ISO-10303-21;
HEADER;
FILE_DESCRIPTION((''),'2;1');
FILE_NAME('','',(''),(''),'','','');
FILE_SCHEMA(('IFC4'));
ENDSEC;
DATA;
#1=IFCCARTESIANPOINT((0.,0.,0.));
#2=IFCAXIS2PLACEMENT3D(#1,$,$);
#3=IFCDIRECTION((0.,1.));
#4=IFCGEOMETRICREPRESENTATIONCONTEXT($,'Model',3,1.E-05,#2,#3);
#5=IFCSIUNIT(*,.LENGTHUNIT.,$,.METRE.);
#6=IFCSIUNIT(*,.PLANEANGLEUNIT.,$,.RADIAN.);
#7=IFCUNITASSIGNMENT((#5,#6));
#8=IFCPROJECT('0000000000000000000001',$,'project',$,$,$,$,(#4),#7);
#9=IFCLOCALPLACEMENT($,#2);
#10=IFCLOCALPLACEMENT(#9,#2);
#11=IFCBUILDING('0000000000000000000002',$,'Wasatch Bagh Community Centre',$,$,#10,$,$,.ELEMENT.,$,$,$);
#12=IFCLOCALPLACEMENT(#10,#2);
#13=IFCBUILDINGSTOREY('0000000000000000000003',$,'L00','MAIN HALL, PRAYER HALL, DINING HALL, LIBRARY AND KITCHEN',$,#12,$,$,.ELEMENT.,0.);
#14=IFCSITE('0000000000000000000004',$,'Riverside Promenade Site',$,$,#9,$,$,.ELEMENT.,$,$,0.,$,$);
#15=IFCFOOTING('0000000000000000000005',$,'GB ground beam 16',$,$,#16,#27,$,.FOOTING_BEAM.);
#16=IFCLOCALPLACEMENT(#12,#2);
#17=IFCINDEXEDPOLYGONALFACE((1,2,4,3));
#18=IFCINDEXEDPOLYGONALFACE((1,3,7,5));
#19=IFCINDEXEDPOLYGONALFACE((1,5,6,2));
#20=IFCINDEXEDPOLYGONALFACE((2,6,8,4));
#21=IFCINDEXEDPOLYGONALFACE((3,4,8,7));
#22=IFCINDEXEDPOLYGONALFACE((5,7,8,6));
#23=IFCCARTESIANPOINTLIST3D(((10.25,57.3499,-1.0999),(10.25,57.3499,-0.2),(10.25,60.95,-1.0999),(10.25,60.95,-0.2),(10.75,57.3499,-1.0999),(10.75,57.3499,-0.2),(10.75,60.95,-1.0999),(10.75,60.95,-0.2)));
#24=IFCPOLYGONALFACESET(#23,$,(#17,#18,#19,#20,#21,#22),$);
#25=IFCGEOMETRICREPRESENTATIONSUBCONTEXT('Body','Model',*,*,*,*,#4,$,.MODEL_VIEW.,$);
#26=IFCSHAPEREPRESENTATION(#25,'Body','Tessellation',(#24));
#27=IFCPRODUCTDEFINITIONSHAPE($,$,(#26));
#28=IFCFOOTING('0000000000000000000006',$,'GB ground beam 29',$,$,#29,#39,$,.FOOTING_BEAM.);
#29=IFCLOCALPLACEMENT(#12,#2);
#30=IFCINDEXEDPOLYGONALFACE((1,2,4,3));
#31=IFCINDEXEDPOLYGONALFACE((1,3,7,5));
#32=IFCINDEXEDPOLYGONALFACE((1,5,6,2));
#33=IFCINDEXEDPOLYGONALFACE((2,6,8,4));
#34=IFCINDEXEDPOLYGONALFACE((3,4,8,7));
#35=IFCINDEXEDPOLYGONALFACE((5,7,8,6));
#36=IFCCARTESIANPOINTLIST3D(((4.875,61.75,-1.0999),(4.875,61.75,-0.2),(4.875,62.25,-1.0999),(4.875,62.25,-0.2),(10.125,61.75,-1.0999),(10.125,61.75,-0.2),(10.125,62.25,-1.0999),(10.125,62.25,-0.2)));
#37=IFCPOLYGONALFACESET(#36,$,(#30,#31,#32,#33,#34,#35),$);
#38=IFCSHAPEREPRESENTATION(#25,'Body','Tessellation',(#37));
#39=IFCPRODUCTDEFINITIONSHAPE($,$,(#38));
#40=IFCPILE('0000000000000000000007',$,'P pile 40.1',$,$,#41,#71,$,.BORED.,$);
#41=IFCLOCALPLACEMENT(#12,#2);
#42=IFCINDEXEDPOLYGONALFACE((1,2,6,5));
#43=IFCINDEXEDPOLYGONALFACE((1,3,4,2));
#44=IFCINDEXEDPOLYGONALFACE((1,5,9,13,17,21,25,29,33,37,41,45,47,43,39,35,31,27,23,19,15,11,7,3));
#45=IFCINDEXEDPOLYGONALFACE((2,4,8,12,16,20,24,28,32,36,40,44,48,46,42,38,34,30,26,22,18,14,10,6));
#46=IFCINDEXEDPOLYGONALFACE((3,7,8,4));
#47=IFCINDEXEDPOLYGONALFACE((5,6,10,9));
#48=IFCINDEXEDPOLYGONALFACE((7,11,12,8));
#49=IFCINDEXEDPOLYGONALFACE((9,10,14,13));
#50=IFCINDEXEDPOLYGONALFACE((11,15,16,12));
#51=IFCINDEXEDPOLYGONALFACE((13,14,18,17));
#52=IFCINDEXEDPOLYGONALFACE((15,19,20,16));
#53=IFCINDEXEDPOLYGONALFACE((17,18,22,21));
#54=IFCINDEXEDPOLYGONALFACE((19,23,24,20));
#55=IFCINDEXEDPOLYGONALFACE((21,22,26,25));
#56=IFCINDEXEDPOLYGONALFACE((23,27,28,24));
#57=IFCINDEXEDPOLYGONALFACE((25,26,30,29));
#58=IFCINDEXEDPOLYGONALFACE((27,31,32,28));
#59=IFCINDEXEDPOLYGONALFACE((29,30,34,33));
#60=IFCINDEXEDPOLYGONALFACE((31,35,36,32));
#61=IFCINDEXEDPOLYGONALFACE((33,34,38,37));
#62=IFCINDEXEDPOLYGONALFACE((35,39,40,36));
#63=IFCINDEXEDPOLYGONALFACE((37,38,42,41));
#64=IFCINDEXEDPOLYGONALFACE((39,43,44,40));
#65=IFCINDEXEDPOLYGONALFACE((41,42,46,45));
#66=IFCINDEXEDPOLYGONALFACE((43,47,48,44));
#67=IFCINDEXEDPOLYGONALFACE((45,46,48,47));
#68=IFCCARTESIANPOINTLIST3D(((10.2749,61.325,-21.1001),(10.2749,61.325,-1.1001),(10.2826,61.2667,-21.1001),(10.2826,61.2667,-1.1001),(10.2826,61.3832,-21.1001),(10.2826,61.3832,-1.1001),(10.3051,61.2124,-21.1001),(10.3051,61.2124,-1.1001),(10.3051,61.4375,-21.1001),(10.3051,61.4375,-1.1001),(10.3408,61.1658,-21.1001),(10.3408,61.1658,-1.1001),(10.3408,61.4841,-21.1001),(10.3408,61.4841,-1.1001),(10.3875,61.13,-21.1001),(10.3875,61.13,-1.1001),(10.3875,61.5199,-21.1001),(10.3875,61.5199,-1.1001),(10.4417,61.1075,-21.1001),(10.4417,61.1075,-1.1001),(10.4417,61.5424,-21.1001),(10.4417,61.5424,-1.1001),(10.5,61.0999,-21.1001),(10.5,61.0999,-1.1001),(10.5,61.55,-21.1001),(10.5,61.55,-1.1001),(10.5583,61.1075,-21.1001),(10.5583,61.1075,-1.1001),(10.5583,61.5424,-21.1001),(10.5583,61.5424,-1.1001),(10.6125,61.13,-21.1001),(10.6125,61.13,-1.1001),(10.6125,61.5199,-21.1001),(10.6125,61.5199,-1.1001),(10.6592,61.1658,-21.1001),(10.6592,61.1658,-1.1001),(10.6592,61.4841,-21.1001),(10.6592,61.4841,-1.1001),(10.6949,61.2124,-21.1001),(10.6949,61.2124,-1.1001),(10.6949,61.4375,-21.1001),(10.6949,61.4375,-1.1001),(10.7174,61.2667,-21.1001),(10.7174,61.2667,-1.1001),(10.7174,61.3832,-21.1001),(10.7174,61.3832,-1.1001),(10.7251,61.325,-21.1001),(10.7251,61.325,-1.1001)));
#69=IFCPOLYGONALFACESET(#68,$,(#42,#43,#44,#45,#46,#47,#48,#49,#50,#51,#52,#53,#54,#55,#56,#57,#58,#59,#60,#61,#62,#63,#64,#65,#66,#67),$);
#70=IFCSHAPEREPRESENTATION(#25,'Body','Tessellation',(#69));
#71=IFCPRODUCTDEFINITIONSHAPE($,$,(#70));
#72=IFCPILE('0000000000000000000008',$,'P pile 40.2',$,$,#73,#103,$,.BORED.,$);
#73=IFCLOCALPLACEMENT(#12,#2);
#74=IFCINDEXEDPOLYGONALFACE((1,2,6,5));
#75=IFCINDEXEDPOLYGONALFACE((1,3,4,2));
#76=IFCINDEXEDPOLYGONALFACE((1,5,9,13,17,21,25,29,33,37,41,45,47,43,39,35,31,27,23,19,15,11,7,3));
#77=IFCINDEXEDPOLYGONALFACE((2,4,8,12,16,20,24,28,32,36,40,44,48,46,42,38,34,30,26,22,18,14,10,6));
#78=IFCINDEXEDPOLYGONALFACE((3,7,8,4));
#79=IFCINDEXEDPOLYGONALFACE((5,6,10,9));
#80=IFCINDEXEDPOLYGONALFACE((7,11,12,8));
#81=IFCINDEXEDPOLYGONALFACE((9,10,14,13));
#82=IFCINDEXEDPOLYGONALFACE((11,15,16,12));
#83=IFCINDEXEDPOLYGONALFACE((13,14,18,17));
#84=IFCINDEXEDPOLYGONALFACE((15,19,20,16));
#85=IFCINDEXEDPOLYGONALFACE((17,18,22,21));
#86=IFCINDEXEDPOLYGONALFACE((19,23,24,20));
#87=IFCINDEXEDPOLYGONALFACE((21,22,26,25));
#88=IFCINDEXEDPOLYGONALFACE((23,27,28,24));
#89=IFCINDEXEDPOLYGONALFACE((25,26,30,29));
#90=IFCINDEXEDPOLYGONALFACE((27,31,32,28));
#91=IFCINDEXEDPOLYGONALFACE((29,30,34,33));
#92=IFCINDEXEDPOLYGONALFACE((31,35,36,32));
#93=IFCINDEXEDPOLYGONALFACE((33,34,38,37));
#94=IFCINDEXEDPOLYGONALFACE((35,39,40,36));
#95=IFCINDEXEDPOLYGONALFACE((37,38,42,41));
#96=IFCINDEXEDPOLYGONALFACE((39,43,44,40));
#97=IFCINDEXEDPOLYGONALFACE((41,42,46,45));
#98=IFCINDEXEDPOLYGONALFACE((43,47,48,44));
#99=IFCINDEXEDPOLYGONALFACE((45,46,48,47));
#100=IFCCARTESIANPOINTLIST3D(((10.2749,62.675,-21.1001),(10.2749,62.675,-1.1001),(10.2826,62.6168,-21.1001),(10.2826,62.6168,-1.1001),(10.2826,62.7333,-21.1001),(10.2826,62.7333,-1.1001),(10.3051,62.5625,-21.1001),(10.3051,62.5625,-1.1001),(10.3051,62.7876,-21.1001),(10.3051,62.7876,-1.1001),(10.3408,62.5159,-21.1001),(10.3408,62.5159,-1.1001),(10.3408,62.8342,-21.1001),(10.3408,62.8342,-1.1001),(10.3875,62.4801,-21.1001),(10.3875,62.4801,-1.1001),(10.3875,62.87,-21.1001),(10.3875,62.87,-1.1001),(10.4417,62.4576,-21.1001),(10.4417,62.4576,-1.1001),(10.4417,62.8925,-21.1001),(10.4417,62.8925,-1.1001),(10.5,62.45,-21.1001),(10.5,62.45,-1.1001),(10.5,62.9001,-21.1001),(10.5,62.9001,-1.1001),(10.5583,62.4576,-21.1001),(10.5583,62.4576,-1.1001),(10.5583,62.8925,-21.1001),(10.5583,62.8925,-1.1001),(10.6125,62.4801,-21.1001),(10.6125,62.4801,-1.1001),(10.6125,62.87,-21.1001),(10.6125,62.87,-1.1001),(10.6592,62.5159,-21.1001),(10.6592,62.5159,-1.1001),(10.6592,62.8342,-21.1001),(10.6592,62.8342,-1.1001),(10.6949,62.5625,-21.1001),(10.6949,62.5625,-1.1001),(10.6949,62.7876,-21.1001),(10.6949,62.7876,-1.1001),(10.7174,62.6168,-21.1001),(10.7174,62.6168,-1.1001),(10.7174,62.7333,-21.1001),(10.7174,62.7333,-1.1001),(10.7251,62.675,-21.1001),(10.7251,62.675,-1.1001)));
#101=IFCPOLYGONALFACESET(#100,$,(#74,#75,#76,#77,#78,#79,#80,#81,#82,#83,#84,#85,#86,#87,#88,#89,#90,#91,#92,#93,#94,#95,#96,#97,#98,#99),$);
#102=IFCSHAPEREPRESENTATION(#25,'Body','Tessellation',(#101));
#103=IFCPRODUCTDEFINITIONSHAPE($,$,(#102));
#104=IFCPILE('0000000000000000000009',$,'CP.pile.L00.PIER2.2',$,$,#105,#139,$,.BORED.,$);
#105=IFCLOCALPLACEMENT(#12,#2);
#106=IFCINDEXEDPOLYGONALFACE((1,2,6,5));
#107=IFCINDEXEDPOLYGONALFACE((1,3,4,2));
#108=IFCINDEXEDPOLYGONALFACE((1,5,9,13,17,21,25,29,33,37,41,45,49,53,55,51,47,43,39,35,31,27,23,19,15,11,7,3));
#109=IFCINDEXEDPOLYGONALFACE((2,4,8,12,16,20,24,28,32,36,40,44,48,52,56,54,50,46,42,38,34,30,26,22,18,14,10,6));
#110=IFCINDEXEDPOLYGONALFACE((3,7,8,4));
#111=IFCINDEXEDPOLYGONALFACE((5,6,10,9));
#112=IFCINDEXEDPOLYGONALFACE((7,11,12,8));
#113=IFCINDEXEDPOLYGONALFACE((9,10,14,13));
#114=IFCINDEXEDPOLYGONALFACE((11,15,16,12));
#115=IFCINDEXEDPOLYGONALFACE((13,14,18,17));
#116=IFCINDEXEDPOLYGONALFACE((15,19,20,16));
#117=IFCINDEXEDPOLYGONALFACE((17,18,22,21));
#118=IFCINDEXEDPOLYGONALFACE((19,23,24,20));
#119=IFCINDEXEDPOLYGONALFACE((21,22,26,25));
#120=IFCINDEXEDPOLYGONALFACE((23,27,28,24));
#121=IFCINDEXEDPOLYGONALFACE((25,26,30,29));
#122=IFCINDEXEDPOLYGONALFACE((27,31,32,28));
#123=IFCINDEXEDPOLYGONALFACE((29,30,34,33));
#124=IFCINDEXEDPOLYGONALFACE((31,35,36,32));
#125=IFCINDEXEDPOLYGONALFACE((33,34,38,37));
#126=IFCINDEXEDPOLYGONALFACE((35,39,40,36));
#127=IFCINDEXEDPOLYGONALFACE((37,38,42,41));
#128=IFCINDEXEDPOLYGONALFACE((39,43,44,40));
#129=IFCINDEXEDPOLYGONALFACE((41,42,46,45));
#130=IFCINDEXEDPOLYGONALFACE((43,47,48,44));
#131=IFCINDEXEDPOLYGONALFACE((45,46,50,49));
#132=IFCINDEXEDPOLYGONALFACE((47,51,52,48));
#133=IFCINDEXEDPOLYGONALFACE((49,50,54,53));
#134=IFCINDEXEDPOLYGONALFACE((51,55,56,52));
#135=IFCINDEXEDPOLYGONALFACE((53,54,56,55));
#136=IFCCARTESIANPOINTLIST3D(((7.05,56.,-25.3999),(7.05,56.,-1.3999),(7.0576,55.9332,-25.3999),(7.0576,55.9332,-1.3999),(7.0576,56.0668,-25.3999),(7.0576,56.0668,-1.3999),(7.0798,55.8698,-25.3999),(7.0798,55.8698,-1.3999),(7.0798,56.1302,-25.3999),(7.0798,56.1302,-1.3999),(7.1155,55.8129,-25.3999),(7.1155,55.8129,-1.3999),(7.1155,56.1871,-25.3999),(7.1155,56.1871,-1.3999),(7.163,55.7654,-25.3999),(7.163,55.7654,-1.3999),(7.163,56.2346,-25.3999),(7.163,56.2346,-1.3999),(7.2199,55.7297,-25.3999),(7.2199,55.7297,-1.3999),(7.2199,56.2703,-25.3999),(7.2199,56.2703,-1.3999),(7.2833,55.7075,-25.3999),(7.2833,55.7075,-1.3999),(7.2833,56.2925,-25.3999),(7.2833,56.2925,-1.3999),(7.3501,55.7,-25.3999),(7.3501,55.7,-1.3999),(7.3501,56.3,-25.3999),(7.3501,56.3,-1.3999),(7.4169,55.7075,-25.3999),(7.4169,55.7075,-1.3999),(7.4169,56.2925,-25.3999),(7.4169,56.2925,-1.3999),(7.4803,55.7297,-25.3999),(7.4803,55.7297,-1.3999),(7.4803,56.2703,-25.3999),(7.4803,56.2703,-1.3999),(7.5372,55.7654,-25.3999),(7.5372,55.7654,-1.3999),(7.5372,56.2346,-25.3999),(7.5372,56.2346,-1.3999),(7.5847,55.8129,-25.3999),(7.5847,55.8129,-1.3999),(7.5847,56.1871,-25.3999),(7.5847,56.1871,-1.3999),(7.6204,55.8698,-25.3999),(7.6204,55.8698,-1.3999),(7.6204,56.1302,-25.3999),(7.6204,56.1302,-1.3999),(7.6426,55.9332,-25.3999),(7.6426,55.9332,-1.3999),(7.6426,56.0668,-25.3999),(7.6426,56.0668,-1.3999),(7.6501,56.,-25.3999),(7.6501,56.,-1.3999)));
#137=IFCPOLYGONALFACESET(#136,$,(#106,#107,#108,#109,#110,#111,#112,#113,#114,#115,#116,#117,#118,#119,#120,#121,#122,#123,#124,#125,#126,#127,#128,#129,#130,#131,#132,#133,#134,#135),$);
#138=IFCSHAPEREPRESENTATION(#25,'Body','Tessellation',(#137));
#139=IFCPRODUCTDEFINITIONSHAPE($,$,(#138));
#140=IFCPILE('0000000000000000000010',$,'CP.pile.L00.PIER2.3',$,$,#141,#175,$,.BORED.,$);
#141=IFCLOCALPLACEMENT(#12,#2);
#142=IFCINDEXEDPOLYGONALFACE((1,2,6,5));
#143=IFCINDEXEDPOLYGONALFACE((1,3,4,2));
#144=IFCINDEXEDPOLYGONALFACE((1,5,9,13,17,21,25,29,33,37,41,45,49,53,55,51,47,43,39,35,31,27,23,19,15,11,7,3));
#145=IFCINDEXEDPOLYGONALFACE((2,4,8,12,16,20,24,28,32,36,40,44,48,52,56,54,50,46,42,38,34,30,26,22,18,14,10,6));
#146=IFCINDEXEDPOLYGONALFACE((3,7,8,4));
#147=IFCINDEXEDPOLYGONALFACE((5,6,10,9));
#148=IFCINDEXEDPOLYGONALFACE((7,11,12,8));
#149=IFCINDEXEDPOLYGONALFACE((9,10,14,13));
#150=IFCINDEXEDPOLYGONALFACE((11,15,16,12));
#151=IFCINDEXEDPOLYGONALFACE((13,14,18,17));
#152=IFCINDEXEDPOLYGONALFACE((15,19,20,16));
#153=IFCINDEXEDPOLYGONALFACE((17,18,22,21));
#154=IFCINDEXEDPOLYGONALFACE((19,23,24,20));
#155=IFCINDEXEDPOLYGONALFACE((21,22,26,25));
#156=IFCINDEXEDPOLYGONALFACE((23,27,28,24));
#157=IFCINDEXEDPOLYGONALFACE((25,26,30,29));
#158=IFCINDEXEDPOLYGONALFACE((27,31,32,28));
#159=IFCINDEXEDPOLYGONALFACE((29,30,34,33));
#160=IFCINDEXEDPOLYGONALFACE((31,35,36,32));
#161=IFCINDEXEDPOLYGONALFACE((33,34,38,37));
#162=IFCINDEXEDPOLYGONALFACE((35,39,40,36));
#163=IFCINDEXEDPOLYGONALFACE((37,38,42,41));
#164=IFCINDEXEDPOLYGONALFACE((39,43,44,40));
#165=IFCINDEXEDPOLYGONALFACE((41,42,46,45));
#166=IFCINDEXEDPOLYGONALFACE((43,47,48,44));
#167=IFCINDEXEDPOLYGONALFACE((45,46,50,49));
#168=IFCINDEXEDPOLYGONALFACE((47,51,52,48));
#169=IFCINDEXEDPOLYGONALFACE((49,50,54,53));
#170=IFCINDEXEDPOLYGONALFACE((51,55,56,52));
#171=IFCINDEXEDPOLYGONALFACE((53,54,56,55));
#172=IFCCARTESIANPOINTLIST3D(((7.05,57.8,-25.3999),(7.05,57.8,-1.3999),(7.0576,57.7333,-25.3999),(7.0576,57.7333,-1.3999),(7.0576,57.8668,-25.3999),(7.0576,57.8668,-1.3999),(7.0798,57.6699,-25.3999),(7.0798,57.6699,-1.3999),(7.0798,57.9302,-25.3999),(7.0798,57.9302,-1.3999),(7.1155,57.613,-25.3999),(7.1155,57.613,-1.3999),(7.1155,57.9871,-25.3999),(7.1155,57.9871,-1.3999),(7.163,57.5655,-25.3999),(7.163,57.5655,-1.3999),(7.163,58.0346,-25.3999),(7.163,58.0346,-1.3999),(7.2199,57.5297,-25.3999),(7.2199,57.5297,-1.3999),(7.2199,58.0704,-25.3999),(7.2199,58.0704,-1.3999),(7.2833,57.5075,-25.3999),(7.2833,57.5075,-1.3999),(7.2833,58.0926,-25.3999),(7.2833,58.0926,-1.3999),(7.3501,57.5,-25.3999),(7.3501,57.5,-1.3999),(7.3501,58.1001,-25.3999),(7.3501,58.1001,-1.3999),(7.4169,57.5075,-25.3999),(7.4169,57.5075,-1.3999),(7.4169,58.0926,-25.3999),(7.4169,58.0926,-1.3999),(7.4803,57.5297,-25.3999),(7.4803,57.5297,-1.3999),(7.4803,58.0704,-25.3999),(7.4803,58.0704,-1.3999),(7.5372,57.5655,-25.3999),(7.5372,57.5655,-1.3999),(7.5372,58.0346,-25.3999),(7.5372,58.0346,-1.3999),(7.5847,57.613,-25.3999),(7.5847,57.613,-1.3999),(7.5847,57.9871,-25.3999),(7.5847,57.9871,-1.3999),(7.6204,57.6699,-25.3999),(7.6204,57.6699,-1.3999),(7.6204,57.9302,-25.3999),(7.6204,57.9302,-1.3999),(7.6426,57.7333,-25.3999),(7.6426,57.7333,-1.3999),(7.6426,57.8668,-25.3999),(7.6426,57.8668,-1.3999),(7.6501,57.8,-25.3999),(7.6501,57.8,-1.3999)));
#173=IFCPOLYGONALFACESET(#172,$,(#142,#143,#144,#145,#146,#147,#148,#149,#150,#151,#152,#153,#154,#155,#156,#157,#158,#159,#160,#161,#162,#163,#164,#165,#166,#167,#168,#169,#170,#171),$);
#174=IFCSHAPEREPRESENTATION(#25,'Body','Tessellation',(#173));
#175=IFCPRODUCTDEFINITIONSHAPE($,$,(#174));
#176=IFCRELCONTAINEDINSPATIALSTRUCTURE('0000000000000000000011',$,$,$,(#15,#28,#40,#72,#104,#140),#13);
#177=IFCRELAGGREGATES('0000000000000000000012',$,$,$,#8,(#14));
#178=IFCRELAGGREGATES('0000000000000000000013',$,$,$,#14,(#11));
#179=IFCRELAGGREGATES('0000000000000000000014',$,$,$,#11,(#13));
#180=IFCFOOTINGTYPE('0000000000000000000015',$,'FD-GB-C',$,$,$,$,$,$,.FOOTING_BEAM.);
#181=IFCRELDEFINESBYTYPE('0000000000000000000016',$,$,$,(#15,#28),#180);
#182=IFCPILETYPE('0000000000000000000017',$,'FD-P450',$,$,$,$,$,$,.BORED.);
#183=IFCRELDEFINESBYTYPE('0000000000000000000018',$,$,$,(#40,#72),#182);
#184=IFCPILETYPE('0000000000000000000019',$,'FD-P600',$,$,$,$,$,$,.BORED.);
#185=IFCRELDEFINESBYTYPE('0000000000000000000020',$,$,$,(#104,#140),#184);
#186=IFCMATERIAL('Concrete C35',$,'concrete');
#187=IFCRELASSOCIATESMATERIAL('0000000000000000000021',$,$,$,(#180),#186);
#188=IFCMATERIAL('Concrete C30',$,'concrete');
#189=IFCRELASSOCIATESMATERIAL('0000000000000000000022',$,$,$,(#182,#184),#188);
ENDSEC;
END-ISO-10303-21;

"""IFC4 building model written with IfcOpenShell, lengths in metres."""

from ifc_helpers import new_model, si_unit, direction, frame, origin, origin_2d, place, context, subcontext, project, spatial, rectangle, circle, extrude, material, material_profile, profile_set, type_object, element, save


model = new_model("IFC4")

# Units and contexts
model_context = context("Model", 3, precision=1e-05, world=origin(), true_north=direction((0.0, 1.0)))
body_context = subcontext(model_context, "Body", "Model", "MODEL_VIEW")
ifc_project = project(units=[si_unit("LENGTHUNIT", "METRE"), si_unit("PLANEANGLEUNIT", "RADIAN")], contexts=[model_context])

# Site, building, storey
site_placement = place(None, origin())
site = spatial("IfcSite", under=ifc_project, at=site_placement, Name="Riverside Promenade Site", CompositionType="ELEMENT", RefElevation=0.0)
building_placement = place(site_placement, origin())
building = spatial("IfcBuilding", under=site, at=building_placement, Name="Wasatch Bagh Community Centre", CompositionType="ELEMENT")
storey_placement = place(building_placement, origin())
storey = spatial("IfcBuildingStorey", under=building, at=storey_placement, Name="L00", Description="MAIN HALL, PRAYER HALL, DINING HALL, LIBRARY AND KITCHEN", CompositionType="ELEMENT", Elevation=0.0)

# Footings
ifc_material_1 = material(Name="Concrete C35", Category="concrete")
footing_type_1 = type_object("IfcFootingType", Name="FD-GB-C", PredefinedType="FOOTING_BEAM", material=ifc_material_1)
footing_1_placement = place(storey_placement, frame((10.5, 59.1499, -1.0999), z_axis=(0.0, 0.0, 1.0), x_axis=(0.0, 1.0, 0.0)))
element("IfcFooting", 1, at=footing_1_placement, inside=storey, type_object=footing_type_1, Name="GB ground beam 16", PredefinedType="FOOTING_BEAM", context=body_context, shape_type="SweptSolid", body=[
    extrude(rectangle(XDim=3.6001, YDim=0.5, at=origin_2d()), origin(), (0.0, 0.0, 1.0), 0.8999),
])
footing_2_placement = place(storey_placement, frame((7.5, 62.0, -1.0999), z_axis=(0.0, 0.0, 1.0), x_axis=(1.0, 0.0, 0.0)))
element("IfcFooting", 2, at=footing_2_placement, inside=storey, type_object=footing_type_1, Name="GB ground beam 29", PredefinedType="FOOTING_BEAM", context=body_context, shape_type="SweptSolid", body=[
    extrude(rectangle(XDim=5.25, YDim=0.5, at=origin_2d()), origin(), (0.0, 0.0, 1.0), 0.8999),
])

# Piles
ifc_material_2 = material(Name="Concrete C30", Category="concrete")
ifc_material_profile_1 = material_profile(ifc_material_2, circle(Radius=0.2251, at=origin_2d()), Name="RC D450")
ifc_profile_set_1 = profile_set([ifc_material_profile_1], Name="Concrete C30")
pile_type_1 = type_object("IfcPileType", Name="FD-P450", PredefinedType="BORED", material=ifc_profile_set_1)
for number, where, z_axis, x_axis, name in (
    (3, (10.5, 61.325, -1.1001), (0.0, 0.0, -1.0), (1.0, 0.0, 0.0), "P pile 40.1"),
    (4, (10.5, 62.675, -1.1001), (0.0, 0.0, -1.0), (1.0, 0.0, 0.0), "P pile 40.2"),
):
    element("IfcPile", number, at=place(storey_placement, frame(where, z_axis=z_axis, x_axis=x_axis)), inside=storey, type_object=pile_type_1, Name=name, PredefinedType="BORED", context=body_context, shape_type="SweptSolid", body=[
        extrude(circle(Radius=0.2251, at=origin_2d()), origin(), (0.0, 0.0, 1.0), 20.0),
    ])
ifc_material_profile_2 = material_profile(ifc_material_2, circle(Radius=0.3, at=origin_2d()), Name="RC D600")
ifc_profile_set_2 = profile_set([ifc_material_profile_2], Name="Concrete C30")
pile_type_2 = type_object("IfcPileType", Name="FD-P600", PredefinedType="BORED", material=ifc_profile_set_2)
for number, where, z_axis, x_axis, name in (
    (5, (7.3501, 56.0, -1.3999), (0.0, 0.0, -1.0), (1.0, 0.0, 0.0), "CP.pile.L00.PIER2.2"),
    (6, (7.3501, 57.8, -1.3999), (0.0, 0.0, -1.0), (1.0, 0.0, 0.0), "CP.pile.L00.PIER2.3"),
):
    element("IfcPile", number, at=place(storey_placement, frame(where, z_axis=z_axis, x_axis=x_axis)), inside=storey, type_object=pile_type_2, Name=name, PredefinedType="BORED", context=body_context, shape_type="SweptSolid", body=[
        extrude(circle(Radius=0.3, at=origin_2d()), origin(), (0.0, 0.0, 1.0), 24.0),
    ])

save(model, "model.ifc")
